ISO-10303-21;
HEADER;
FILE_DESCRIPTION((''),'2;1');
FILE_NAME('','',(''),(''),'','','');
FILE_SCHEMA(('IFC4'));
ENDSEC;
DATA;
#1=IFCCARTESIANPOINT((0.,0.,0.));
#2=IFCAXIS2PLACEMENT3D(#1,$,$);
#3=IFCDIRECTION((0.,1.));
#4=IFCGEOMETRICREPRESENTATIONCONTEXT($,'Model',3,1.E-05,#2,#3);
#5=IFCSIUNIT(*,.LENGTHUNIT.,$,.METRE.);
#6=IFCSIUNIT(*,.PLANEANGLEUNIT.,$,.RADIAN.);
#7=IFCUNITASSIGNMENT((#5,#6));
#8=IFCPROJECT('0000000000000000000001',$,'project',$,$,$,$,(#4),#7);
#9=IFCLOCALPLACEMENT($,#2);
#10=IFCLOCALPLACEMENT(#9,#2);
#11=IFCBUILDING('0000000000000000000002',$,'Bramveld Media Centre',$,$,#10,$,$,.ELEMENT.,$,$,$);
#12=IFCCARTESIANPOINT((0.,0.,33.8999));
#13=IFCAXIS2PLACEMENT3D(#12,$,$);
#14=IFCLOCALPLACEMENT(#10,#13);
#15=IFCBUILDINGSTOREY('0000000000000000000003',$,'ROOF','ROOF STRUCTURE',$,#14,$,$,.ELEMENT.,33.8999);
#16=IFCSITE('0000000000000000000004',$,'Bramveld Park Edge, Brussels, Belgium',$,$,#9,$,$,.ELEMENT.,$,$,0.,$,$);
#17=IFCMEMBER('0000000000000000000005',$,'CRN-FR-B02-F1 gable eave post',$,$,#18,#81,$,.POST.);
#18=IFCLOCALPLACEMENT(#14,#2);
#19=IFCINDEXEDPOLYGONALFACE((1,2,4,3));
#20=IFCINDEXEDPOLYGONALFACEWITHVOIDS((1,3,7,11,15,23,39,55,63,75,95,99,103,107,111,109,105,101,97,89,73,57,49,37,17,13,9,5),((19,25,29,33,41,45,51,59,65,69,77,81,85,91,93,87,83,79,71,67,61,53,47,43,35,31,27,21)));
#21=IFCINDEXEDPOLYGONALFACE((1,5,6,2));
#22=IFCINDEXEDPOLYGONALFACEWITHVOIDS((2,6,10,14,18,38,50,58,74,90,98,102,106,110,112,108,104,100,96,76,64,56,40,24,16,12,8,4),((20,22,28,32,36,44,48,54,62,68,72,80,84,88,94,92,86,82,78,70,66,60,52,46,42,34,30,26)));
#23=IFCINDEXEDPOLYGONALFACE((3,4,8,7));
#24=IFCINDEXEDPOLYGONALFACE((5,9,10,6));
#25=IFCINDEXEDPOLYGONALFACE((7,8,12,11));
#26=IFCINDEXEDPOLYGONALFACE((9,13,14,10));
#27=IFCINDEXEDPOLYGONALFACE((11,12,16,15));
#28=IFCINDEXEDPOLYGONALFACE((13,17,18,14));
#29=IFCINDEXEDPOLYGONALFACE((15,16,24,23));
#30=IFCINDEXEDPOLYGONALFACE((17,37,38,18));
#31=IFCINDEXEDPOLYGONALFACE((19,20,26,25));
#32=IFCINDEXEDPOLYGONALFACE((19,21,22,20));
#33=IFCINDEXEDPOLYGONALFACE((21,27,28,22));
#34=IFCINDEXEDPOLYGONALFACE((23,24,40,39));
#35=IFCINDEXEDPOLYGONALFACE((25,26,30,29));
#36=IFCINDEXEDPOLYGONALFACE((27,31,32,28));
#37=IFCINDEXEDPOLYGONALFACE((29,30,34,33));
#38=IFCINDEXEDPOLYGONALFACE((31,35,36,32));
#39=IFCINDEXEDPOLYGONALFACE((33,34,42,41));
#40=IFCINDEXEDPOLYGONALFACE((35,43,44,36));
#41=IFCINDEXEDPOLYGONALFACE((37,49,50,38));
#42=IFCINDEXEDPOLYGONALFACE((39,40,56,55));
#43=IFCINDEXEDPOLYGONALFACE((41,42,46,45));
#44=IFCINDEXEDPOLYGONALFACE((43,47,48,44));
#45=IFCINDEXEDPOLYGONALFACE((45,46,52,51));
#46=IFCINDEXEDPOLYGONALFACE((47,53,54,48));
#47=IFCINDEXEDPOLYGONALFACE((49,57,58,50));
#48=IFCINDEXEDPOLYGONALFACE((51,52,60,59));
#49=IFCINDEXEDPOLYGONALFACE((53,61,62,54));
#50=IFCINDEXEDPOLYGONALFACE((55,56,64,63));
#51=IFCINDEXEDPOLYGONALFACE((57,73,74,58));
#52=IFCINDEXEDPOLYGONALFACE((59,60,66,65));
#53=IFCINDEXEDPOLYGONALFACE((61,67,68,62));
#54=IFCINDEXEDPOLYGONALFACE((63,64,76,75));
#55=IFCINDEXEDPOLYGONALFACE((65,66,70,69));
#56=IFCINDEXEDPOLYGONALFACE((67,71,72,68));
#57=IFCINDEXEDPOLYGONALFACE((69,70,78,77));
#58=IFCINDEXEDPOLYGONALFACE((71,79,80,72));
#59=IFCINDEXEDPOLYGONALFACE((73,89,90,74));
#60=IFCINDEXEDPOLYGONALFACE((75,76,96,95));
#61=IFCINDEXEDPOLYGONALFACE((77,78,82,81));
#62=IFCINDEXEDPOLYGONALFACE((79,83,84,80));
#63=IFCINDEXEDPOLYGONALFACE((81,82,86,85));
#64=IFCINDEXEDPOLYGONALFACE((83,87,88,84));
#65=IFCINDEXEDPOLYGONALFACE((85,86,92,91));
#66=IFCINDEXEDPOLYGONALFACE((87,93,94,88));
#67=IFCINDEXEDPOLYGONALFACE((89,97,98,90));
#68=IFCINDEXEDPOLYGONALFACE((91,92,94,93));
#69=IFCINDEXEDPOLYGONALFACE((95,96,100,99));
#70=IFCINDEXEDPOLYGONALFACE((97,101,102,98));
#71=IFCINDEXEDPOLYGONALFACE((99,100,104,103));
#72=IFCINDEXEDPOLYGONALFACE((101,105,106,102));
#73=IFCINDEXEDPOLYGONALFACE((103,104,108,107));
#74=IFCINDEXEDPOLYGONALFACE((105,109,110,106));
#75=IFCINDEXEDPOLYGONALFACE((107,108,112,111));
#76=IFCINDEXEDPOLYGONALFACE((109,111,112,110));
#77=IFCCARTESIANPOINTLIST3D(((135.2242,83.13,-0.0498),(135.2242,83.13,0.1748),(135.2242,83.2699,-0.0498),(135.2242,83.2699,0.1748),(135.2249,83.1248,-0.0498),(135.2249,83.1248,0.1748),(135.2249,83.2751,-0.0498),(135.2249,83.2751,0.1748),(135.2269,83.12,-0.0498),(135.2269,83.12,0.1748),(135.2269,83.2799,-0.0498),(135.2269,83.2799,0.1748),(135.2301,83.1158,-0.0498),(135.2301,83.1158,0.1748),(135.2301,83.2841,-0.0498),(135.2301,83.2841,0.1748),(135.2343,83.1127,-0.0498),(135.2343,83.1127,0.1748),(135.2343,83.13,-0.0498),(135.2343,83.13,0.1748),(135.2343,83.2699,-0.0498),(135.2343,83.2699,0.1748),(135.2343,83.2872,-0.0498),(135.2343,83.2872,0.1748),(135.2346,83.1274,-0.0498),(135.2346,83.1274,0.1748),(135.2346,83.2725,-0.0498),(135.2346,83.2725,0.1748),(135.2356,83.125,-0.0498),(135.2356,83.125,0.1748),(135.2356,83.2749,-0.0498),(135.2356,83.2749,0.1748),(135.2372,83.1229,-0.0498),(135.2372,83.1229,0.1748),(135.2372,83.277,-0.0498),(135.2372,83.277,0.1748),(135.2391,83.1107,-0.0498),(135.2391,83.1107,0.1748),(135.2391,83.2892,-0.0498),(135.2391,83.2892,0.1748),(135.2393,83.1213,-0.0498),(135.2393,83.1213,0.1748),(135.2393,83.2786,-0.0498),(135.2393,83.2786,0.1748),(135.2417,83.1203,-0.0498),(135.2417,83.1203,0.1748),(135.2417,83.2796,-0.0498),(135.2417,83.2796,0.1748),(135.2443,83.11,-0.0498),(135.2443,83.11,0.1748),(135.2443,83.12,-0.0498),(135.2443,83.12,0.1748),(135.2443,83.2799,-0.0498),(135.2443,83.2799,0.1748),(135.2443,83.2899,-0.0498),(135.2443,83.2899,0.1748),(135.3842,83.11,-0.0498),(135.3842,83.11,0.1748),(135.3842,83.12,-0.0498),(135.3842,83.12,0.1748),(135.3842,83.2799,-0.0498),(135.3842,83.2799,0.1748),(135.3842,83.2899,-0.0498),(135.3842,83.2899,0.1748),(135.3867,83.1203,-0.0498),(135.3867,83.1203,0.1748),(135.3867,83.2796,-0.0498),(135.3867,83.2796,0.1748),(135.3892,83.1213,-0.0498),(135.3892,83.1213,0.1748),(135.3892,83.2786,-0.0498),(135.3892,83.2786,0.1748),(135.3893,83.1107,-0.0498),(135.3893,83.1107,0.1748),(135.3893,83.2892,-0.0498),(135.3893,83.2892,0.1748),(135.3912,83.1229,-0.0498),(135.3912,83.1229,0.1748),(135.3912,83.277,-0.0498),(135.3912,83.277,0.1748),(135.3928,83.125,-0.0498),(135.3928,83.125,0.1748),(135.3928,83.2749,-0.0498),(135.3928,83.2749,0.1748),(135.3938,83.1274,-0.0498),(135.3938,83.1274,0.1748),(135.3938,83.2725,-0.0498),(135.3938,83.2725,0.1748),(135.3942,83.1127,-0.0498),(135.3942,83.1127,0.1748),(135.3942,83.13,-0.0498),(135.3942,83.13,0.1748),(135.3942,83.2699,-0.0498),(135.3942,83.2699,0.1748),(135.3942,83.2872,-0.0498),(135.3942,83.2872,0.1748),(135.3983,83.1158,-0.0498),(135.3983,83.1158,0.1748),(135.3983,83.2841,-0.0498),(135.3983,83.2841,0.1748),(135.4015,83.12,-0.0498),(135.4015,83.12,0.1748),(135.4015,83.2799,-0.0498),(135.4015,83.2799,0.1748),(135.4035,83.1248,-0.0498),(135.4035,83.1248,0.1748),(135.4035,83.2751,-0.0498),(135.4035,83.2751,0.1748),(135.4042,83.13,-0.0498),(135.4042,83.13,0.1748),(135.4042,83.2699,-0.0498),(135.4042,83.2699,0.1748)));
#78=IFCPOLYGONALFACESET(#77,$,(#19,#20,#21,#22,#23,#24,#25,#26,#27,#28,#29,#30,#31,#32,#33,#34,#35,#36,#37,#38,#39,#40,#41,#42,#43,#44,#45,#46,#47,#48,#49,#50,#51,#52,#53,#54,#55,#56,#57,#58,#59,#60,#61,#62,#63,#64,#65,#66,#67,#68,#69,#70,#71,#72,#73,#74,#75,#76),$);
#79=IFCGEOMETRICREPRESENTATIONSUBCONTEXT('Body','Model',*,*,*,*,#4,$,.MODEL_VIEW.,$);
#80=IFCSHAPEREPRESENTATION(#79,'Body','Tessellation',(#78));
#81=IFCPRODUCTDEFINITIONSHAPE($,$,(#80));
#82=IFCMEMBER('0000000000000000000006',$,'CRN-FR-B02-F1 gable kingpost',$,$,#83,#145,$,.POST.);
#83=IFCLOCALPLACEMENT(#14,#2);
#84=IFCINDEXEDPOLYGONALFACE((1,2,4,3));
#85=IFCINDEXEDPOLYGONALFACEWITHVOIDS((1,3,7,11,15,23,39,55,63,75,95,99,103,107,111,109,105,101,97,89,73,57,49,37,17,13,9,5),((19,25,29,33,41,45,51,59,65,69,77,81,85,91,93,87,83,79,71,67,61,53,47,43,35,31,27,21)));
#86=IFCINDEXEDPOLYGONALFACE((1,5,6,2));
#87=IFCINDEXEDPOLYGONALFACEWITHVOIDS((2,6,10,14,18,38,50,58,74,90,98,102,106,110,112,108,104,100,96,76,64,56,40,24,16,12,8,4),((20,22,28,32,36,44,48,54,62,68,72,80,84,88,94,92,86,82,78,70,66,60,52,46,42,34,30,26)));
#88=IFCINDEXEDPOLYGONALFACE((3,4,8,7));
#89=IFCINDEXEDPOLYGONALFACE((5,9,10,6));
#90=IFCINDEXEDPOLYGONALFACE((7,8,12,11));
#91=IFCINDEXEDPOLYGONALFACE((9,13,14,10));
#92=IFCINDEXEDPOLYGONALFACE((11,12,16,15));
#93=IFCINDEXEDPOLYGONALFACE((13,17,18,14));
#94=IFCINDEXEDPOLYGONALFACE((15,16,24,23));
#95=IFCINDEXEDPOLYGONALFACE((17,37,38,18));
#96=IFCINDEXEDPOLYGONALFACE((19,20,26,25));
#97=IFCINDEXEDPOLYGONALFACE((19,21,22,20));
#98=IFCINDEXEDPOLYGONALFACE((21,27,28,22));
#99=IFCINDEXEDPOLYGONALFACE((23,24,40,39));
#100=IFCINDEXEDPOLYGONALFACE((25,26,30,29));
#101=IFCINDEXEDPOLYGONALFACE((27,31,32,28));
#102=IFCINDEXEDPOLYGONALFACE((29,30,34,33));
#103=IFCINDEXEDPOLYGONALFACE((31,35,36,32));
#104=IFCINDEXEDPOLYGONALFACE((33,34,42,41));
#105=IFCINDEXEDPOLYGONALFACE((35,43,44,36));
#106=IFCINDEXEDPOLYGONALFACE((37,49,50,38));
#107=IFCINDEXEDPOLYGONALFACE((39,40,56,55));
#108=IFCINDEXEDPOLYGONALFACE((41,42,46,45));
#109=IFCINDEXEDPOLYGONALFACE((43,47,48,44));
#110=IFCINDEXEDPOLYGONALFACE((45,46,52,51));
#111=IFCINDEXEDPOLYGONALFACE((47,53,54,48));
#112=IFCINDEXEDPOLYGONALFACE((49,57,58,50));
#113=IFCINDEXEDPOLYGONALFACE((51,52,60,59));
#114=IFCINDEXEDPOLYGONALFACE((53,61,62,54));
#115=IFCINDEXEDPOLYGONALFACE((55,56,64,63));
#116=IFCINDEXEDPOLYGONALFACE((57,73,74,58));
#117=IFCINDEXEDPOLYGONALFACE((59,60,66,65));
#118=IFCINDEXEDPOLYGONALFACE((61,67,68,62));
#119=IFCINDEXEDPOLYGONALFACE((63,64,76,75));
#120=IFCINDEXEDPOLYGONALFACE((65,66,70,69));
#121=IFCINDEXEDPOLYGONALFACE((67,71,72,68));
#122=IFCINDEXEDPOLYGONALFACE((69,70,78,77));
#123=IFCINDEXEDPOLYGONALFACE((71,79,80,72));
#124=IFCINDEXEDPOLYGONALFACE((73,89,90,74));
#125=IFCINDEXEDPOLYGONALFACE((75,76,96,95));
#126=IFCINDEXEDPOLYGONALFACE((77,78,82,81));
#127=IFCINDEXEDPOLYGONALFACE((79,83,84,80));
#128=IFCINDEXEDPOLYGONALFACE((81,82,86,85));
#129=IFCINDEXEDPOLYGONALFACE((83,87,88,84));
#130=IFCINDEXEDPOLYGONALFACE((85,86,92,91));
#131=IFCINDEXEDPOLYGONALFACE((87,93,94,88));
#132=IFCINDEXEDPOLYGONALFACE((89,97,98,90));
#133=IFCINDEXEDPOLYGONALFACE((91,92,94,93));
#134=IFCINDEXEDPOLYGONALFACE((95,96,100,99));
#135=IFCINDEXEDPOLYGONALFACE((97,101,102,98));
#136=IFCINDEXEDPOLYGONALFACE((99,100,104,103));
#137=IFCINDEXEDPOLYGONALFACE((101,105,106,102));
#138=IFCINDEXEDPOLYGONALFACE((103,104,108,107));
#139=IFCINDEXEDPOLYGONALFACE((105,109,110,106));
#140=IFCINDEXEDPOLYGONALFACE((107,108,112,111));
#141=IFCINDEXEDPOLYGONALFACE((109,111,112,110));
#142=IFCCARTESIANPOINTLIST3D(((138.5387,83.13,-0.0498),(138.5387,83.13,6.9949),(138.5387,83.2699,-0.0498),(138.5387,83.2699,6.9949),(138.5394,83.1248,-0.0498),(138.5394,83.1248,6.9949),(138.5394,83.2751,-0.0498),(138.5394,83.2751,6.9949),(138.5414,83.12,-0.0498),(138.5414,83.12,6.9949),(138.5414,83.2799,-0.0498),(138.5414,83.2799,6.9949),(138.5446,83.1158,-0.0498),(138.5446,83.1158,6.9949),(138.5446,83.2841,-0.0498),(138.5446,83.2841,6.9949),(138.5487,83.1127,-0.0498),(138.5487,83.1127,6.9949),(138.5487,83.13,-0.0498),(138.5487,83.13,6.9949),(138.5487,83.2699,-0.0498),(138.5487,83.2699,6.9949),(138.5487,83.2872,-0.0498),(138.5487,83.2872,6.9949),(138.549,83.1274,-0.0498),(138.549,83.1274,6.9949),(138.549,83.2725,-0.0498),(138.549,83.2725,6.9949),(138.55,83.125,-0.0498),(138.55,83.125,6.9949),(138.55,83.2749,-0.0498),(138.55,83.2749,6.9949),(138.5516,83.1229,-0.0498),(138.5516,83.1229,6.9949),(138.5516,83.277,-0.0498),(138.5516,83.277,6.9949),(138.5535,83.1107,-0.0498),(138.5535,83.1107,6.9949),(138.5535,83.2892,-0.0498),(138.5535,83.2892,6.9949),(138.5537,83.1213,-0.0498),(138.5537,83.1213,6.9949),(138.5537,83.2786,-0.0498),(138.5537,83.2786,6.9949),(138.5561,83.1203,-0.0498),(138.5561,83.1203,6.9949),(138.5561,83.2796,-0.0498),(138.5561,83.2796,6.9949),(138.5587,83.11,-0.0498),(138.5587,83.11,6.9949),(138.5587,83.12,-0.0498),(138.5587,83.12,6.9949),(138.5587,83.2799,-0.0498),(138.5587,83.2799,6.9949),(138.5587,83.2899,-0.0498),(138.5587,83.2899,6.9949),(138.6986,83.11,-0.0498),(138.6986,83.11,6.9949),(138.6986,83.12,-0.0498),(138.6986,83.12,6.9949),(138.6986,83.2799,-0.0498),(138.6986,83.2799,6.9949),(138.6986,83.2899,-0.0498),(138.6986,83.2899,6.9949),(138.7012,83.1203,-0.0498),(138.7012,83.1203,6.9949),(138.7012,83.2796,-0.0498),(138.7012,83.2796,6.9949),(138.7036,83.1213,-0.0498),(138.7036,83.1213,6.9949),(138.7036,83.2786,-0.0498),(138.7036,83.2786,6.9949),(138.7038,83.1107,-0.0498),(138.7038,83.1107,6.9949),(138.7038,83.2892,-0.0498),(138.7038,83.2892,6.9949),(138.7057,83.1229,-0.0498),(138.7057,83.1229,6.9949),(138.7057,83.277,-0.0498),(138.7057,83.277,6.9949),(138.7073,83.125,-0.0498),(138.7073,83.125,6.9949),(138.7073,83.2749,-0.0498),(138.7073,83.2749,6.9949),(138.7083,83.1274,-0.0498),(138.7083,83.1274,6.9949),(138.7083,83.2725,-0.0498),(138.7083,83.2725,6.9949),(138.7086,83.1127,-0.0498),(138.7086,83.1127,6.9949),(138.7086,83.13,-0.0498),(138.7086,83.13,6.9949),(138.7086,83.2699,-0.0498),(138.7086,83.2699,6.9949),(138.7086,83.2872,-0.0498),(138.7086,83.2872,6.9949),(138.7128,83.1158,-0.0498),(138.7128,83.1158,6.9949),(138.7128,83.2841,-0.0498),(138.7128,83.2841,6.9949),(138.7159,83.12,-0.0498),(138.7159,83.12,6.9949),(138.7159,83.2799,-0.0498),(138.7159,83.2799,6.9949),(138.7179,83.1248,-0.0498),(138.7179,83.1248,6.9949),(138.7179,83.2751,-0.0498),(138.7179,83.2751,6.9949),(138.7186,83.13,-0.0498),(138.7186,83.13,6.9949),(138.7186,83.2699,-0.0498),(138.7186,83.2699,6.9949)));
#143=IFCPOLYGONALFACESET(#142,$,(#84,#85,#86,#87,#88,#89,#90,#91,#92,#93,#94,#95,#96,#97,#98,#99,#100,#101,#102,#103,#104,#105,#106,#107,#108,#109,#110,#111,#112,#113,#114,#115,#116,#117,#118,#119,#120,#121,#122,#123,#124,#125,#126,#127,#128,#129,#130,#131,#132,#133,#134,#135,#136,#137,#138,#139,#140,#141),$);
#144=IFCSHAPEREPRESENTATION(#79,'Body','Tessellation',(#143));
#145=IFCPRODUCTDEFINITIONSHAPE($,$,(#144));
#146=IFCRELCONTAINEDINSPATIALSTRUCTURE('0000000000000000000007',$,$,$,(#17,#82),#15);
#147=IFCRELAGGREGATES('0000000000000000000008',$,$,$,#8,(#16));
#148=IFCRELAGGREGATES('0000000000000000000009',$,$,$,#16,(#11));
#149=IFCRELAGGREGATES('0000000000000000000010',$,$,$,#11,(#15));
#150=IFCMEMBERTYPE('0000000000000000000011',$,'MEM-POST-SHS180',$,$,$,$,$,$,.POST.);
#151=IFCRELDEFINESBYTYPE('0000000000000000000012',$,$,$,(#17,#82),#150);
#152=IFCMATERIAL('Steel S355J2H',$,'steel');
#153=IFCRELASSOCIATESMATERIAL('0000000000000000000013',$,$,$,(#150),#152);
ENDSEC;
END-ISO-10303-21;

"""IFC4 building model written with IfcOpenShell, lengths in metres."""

from ifc_helpers import new_model, si_unit, direction, frame, origin, origin_2d, place, context, subcontext, project, spatial, hollow_rectangle, extrude, material, material_profile, profile_set, type_object, element, save


model = new_model("IFC4")

# Units and contexts
model_context = context("Model", 3, precision=1e-05, world=origin(), true_north=direction((0.0, 1.0)))
body_context = subcontext(model_context, "Body", "Model", "MODEL_VIEW")
ifc_project = project(units=[si_unit("LENGTHUNIT", "METRE"), si_unit("PLANEANGLEUNIT", "RADIAN")], contexts=[model_context])

# Site, building, storey
site_placement = place(None, origin())
site = spatial("IfcSite", under=ifc_project, at=site_placement, Name="Bramveld Park Edge, Brussels, Belgium", CompositionType="ELEMENT", RefElevation=0.0)
building_placement = place(site_placement, origin())
building = spatial("IfcBuilding", under=site, at=building_placement, Name="Bramveld Media Centre", CompositionType="ELEMENT")
storey_placement = place(building_placement, frame((0.0, 0.0, 33.8999)))
storey = spatial("IfcBuildingStorey", under=building, at=storey_placement, Name="ROOF", Description="ROOF STRUCTURE", CompositionType="ELEMENT", Elevation=33.8999)

# Members
ifc_material_1 = material(Name="Steel S355J2H", Category="steel")
ifc_material_profile_1 = material_profile(ifc_material_1, hollow_rectangle(XDim=0.1799, YDim=0.1799, WallThickness=0.01, InnerFilletRadius=0.01, OuterFilletRadius=0.02, at=origin_2d()), Name="SHS 180x180x10")
ifc_profile_set_1 = profile_set([ifc_material_profile_1], Name="Steel S355J2H")
member_type_1 = type_object("IfcMemberType", Name="MEM-POST-SHS180", PredefinedType="POST", material=ifc_profile_set_1)
member_1_placement = place(storey_placement, frame((135.3142, 83.2, -0.0498), z_axis=(0.0, 0.0, 1.0), x_axis=(1.0, 0.0, 0.0)))
element("IfcMember", 1, at=member_1_placement, inside=storey, type_object=member_type_1, Name="CRN-FR-B02-F1 gable eave post", PredefinedType="POST", context=body_context, shape_type="SweptSolid", body=[
    extrude(hollow_rectangle(XDim=0.1799, YDim=0.1799, WallThickness=0.01, InnerFilletRadius=0.01, OuterFilletRadius=0.02, at=origin_2d()), origin(), (0.0, 0.0, 1.0), 0.2246),
])
member_2_placement = place(storey_placement, frame((138.6287, 83.2, -0.0498), z_axis=(0.0, 0.0, 1.0), x_axis=(1.0, 0.0, 0.0)))
element("IfcMember", 2, at=member_2_placement, inside=storey, type_object=member_type_1, Name="CRN-FR-B02-F1 gable kingpost", PredefinedType="POST", context=body_context, shape_type="SweptSolid", body=[
    extrude(hollow_rectangle(XDim=0.1799, YDim=0.1799, WallThickness=0.01, InnerFilletRadius=0.01, OuterFilletRadius=0.02, at=origin_2d()), origin(), (0.0, 0.0, 1.0), 7.0447),
])

save(model, "model.ifc")
